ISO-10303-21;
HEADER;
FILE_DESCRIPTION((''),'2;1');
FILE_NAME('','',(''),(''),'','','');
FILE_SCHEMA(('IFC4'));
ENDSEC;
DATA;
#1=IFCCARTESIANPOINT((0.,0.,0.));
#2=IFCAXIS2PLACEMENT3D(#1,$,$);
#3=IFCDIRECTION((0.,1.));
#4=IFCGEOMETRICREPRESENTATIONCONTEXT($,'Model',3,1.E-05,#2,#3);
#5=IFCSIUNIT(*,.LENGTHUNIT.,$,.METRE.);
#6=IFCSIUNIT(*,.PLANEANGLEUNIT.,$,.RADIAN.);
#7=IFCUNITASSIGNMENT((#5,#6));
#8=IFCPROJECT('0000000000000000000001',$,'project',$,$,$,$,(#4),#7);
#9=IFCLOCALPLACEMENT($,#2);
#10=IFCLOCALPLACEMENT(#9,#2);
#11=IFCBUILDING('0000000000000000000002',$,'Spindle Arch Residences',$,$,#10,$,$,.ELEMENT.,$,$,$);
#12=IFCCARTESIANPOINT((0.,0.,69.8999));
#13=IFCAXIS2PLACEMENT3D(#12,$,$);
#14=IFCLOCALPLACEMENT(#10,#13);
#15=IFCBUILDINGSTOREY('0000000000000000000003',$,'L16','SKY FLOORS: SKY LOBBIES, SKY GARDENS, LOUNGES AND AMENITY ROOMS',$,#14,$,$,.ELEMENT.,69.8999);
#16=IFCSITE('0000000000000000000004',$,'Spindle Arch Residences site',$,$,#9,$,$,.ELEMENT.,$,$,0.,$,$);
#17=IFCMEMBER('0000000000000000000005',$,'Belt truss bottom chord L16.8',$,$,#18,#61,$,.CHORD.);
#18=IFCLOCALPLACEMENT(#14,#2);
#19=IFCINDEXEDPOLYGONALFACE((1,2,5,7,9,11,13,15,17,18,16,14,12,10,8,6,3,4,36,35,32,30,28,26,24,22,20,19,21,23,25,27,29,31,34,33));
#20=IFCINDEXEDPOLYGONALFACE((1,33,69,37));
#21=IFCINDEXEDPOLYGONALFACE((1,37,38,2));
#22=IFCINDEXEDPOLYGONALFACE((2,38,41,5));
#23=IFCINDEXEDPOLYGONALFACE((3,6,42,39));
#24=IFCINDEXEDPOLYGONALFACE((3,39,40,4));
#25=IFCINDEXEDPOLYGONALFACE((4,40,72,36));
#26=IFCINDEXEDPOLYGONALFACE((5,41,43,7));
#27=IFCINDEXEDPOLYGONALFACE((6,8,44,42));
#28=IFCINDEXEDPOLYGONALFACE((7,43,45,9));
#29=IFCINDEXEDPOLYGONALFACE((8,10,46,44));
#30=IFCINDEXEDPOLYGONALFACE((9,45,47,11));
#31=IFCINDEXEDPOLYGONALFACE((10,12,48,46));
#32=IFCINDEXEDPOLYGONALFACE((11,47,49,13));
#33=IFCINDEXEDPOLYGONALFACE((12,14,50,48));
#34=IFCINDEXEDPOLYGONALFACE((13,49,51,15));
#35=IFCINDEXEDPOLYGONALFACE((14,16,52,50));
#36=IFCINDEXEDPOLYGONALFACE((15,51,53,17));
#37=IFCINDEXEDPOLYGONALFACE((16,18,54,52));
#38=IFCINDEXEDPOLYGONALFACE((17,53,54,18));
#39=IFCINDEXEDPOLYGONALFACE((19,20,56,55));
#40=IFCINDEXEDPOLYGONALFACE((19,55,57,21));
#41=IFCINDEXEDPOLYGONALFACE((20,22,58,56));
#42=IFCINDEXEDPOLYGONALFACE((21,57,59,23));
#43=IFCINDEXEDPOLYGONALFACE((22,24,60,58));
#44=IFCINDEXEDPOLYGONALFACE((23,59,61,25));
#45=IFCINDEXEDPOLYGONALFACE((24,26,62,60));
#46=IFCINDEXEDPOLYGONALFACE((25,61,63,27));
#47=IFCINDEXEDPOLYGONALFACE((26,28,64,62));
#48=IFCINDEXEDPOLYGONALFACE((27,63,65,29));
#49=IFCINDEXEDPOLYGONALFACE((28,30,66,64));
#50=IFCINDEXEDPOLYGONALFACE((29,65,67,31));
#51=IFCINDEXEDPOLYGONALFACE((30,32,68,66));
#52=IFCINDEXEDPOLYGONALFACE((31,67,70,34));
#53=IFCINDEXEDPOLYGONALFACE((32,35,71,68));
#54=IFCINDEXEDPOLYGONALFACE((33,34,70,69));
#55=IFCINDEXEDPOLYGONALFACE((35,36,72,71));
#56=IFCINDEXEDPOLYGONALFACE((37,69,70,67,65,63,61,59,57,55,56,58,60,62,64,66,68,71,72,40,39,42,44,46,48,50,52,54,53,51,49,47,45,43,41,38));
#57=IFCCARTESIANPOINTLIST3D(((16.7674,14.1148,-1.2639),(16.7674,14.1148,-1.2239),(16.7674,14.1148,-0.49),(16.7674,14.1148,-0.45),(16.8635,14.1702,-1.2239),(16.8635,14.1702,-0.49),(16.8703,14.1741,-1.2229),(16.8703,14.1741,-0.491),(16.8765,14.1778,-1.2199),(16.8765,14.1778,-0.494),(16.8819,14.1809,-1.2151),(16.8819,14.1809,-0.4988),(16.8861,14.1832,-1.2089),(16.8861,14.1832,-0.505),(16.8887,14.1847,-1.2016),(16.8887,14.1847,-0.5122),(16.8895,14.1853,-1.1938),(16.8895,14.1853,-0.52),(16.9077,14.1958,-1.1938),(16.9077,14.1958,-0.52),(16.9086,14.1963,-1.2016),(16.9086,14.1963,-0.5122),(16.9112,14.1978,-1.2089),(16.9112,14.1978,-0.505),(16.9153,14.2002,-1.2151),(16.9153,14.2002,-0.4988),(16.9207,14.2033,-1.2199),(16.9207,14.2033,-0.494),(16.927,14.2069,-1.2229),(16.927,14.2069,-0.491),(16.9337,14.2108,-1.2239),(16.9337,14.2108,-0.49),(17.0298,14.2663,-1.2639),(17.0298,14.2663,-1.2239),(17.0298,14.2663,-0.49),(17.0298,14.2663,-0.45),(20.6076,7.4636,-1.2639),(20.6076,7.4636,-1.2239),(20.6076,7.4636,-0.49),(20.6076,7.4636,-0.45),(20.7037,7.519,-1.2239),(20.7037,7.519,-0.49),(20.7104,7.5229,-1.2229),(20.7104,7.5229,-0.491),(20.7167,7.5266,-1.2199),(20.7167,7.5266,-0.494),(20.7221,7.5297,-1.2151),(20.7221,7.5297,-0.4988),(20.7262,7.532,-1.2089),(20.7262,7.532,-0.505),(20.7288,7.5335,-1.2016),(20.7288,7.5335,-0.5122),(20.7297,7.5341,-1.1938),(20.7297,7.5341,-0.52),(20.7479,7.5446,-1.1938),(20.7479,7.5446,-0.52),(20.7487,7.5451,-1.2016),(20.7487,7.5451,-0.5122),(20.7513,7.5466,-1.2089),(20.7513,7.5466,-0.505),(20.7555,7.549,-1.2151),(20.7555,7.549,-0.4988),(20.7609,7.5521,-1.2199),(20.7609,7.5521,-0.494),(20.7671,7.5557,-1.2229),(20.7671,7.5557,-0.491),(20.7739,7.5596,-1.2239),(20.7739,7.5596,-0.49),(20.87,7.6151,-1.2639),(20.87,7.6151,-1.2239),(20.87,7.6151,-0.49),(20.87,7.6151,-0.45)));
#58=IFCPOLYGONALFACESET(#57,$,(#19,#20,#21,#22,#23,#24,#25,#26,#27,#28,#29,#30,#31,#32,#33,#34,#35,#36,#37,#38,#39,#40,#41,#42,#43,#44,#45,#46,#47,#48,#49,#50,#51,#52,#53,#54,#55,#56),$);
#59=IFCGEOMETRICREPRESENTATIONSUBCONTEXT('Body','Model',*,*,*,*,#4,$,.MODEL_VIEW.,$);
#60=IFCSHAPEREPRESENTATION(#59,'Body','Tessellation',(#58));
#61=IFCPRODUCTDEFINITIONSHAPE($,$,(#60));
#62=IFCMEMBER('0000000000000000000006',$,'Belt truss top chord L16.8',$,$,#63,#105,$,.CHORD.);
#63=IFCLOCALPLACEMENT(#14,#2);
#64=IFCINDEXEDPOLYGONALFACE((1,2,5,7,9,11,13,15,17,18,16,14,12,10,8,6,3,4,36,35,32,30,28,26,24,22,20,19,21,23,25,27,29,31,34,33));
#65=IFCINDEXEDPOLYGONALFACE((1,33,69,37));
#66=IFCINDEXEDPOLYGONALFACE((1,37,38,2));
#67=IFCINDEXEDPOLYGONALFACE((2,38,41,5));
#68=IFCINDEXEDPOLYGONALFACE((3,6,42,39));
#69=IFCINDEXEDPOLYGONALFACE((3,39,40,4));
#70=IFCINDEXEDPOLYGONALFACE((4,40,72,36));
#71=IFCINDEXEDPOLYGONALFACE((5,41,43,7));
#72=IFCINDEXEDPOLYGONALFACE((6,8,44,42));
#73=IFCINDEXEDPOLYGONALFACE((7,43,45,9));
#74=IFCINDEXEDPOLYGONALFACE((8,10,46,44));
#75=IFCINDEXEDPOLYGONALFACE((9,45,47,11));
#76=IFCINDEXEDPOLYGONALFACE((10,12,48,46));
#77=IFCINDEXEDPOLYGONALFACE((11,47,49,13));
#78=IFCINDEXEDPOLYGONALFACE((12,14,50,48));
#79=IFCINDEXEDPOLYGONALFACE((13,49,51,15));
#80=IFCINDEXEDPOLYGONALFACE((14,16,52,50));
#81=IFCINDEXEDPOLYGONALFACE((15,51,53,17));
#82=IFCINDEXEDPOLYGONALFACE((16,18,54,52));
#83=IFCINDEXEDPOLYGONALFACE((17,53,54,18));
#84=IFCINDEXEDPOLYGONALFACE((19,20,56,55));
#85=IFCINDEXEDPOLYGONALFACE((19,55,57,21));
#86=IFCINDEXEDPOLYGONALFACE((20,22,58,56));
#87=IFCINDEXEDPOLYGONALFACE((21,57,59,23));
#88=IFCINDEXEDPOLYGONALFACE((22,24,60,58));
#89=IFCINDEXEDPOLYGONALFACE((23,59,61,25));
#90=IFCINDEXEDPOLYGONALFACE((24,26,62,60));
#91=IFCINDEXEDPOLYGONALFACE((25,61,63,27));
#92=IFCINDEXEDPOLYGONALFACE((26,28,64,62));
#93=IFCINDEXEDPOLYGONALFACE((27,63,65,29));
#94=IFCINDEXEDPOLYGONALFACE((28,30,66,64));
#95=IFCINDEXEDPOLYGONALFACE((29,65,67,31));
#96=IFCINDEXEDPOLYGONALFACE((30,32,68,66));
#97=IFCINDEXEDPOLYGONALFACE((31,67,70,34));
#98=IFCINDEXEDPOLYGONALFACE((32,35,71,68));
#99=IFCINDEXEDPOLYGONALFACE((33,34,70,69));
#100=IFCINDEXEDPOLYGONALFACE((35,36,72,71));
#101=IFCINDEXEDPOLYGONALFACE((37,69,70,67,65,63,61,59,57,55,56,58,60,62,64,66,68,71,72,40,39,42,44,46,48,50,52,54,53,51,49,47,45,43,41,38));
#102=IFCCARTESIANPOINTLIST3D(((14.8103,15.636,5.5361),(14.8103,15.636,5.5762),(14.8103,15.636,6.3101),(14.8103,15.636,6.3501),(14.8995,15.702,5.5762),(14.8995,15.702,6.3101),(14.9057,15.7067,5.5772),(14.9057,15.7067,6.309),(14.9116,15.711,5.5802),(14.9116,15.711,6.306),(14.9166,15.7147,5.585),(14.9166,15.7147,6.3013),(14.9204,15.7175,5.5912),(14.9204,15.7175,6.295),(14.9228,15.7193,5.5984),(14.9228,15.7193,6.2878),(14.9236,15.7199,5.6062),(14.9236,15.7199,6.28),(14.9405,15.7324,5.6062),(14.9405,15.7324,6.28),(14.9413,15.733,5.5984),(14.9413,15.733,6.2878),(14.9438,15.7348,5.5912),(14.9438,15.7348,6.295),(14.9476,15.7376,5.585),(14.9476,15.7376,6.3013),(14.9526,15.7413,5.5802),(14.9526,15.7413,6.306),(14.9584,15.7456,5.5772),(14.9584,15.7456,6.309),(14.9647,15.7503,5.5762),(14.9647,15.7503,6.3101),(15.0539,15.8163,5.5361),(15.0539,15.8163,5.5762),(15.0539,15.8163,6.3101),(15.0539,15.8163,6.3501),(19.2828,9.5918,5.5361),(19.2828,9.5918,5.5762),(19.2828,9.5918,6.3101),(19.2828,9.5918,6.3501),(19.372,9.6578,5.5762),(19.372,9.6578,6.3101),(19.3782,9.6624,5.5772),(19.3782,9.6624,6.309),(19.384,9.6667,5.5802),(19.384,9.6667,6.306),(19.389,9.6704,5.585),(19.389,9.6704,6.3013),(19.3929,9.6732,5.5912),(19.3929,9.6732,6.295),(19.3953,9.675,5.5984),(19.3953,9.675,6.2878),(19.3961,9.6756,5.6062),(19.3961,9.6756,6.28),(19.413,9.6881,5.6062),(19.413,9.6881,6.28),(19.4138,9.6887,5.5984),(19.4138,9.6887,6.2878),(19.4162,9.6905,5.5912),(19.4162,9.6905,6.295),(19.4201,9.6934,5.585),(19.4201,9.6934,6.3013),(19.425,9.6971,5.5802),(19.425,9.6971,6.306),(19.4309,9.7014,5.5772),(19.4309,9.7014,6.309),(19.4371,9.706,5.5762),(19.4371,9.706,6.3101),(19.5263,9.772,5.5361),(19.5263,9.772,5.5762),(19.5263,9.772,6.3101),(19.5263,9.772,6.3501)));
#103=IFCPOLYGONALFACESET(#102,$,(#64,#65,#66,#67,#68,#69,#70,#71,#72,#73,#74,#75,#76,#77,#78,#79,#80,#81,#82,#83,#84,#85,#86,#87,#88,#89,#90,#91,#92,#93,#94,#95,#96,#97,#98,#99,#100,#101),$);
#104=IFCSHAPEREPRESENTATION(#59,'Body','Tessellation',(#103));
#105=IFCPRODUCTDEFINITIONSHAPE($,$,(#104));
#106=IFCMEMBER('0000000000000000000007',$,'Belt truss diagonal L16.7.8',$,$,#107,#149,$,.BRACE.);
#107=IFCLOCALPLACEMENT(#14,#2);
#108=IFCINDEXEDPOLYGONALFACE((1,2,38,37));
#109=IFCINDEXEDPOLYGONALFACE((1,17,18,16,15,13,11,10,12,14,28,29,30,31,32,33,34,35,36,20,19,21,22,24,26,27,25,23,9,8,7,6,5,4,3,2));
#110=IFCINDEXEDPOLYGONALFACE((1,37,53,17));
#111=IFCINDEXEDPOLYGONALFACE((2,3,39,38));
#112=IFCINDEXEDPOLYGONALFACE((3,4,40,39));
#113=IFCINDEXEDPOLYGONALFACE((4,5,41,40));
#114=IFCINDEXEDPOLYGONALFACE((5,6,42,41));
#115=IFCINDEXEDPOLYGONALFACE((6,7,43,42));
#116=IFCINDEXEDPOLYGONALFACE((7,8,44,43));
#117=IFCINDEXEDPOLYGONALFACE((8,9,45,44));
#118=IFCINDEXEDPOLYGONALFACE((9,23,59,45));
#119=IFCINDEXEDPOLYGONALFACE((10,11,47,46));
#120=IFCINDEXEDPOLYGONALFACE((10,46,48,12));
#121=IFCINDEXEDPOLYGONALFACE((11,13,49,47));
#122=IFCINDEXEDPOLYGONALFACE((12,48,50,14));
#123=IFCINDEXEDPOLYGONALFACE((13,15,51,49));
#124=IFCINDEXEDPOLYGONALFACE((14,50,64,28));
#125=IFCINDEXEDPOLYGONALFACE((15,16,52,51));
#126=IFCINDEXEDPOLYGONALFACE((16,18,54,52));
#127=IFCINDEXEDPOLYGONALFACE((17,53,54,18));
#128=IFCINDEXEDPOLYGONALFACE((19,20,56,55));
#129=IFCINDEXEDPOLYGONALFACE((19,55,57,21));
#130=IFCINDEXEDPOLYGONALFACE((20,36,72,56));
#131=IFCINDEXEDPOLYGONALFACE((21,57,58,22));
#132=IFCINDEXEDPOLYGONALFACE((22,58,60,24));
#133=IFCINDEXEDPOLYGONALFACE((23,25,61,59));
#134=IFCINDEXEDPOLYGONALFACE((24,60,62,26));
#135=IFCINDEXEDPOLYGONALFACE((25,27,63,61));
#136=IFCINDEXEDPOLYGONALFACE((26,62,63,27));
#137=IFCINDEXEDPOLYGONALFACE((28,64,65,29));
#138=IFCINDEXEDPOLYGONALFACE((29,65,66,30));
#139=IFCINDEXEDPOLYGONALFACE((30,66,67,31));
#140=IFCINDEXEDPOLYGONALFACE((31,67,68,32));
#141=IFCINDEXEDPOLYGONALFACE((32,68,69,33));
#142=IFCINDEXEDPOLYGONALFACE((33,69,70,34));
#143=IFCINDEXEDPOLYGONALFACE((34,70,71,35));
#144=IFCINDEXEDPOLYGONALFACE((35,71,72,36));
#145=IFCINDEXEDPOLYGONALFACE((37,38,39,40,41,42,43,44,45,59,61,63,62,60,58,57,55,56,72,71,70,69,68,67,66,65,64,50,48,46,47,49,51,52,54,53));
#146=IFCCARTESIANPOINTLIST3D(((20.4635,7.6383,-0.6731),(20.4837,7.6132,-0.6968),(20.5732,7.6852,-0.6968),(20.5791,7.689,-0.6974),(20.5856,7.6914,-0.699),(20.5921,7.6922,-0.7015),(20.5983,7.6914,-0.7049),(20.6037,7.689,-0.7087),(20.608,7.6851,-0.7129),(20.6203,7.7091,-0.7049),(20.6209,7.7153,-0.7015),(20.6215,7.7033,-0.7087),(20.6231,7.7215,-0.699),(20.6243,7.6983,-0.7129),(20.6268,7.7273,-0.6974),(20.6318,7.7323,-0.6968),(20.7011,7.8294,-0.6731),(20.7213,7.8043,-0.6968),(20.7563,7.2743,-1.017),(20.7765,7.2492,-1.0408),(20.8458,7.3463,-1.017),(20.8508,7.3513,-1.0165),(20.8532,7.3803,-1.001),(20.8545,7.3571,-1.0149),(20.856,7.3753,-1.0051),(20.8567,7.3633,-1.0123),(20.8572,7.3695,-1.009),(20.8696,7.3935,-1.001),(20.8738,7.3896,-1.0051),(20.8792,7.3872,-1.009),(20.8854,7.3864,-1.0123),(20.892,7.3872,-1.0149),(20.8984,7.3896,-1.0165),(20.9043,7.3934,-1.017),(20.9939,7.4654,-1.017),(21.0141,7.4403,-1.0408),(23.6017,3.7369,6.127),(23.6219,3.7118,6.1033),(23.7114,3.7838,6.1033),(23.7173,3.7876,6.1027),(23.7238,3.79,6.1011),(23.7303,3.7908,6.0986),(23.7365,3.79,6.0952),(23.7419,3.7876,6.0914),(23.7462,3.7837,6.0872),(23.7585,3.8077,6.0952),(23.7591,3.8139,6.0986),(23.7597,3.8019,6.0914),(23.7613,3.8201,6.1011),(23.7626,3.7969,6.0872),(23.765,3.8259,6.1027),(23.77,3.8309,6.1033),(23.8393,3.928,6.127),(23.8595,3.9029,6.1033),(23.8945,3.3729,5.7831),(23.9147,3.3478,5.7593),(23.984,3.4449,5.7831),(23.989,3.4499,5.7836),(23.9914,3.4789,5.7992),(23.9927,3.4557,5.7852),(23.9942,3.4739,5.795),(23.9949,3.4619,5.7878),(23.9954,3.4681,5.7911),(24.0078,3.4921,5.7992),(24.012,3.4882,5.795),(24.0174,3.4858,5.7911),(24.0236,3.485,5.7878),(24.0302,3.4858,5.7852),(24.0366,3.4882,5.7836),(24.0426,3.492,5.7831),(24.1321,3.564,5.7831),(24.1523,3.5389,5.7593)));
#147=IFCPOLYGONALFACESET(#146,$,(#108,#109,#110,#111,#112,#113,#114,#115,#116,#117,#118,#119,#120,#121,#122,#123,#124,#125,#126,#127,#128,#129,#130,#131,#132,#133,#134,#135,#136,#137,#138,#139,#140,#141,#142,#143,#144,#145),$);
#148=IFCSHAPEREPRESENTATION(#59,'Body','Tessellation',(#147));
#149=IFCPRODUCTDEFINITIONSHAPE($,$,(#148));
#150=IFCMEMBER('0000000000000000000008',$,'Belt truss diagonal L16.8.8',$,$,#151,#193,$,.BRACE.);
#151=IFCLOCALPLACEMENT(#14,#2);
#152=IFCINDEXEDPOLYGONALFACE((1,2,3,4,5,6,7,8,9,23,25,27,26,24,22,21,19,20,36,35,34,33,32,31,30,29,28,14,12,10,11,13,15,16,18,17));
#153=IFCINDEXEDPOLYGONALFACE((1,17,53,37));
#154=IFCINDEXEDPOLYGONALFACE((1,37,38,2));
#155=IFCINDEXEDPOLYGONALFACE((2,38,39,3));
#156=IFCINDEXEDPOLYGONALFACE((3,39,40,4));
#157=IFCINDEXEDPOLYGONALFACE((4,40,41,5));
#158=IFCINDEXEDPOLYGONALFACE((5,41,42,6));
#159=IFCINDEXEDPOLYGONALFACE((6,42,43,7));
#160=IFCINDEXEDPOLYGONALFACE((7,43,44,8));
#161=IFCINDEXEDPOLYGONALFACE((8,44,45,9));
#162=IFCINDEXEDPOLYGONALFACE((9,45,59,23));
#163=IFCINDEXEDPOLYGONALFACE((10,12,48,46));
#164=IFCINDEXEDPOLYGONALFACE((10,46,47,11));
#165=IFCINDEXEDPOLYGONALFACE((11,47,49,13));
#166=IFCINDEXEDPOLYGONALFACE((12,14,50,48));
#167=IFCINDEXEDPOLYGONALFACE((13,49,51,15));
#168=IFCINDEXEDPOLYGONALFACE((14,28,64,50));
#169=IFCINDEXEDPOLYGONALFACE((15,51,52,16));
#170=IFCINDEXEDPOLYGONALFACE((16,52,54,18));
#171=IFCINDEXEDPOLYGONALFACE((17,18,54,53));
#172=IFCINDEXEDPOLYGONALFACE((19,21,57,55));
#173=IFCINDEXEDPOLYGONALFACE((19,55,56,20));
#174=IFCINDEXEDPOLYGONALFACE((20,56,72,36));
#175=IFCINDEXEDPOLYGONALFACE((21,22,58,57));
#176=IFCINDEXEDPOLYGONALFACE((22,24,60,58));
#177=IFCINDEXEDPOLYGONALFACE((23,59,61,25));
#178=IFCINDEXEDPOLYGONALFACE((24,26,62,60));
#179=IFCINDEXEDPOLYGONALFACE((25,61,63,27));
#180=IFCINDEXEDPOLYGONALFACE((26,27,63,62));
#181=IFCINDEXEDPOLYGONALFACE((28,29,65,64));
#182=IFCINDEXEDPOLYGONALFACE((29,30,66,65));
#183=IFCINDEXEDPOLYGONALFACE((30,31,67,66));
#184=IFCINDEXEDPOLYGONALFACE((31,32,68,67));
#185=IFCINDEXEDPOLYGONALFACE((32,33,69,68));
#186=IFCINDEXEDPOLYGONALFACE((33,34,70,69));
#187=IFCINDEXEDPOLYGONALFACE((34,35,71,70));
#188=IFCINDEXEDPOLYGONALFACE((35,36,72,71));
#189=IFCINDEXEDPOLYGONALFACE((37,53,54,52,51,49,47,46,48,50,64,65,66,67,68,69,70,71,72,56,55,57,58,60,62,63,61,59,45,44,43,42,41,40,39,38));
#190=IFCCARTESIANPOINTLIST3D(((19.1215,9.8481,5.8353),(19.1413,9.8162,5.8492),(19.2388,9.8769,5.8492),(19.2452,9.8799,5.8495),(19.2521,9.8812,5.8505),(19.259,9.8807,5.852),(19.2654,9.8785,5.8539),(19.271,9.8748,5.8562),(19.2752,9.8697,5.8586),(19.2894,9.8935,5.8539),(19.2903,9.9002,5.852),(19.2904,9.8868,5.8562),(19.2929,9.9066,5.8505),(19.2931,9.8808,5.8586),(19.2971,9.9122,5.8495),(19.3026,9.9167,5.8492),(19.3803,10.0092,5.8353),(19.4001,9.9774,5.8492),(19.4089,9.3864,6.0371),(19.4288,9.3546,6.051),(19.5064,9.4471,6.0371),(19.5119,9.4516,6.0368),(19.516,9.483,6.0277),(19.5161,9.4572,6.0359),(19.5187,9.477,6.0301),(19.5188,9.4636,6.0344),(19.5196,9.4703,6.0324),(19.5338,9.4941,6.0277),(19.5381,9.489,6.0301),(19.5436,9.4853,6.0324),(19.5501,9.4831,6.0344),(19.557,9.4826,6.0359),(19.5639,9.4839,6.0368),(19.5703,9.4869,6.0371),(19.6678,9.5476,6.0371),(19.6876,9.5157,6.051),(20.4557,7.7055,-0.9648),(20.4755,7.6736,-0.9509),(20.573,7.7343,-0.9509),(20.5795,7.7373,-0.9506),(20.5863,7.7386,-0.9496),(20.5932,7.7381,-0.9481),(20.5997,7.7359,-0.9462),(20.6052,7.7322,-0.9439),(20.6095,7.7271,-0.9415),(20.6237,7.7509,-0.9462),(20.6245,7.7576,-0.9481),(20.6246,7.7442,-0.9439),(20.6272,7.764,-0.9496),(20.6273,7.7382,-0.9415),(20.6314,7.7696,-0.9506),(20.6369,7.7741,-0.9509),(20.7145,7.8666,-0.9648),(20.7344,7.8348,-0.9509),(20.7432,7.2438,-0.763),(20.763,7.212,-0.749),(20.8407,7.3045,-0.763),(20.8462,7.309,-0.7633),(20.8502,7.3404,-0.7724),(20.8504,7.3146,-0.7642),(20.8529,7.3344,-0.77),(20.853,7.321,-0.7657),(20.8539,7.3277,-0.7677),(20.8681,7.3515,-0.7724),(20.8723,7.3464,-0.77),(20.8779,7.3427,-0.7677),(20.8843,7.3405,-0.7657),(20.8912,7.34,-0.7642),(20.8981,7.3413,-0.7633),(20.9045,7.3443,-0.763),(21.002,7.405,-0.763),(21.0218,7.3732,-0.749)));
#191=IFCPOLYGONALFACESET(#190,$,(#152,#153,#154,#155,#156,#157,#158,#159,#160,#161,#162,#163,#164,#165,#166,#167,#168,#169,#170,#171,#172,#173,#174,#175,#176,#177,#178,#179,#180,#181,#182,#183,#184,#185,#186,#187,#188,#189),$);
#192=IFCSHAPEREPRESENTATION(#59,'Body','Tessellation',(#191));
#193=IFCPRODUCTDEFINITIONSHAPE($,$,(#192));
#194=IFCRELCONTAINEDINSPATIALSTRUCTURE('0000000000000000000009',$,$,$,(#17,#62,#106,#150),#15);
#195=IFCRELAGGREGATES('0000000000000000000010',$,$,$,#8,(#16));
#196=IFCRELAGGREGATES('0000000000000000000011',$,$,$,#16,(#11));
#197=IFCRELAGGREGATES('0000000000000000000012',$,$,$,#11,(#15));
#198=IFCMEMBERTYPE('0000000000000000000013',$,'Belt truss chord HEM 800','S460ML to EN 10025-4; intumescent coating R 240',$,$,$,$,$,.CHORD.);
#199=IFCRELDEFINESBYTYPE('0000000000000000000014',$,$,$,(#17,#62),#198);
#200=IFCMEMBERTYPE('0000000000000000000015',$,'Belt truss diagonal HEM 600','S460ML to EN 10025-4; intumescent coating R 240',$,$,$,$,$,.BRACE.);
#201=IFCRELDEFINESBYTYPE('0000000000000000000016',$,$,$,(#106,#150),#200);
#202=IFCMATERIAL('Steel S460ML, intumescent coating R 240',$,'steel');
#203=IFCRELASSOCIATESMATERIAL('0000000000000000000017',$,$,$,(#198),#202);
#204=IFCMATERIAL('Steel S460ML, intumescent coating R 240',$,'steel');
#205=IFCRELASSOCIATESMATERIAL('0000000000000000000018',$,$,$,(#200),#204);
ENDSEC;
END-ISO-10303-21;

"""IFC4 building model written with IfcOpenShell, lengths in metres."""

from ifc_helpers import new_model, si_unit, direction, frame, origin, origin_2d, place, context, subcontext, project, spatial, i_section, extrude, material, material_profile, profile_set, type_object, element, save


model = new_model("IFC4")

# Units and contexts
model_context = context("Model", 3, precision=1e-05, world=origin(), true_north=direction((0.0, 1.0)))
body_context = subcontext(model_context, "Body", "Model", "MODEL_VIEW")
ifc_project = project(units=[si_unit("LENGTHUNIT", "METRE"), si_unit("PLANEANGLEUNIT", "RADIAN")], contexts=[model_context])

# Site, building, storey
site_placement = place(None, origin())
site = spatial("IfcSite", under=ifc_project, at=site_placement, Name="Spindle Arch Residences site", CompositionType="ELEMENT", RefElevation=0.0)
building_placement = place(site_placement, origin())
building = spatial("IfcBuilding", under=site, at=building_placement, Name="Spindle Arch Residences", CompositionType="ELEMENT")
storey_placement = place(building_placement, frame((0.0, 0.0, 69.8999)))
storey = spatial("IfcBuildingStorey", under=building, at=storey_placement, Name="L16", Description="SKY FLOORS: SKY LOBBIES, SKY GARDENS, LOUNGES AND AMENITY ROOMS", CompositionType="ELEMENT", Elevation=69.8999)

# Members
ifc_material_1 = material(Name="Steel S460ML, intumescent coating R 240", Category="steel")
ifc_material_profile_1 = material_profile(ifc_material_1, i_section(OverallWidth=0.303, OverallDepth=0.814, WebThickness=0.021, FlangeThickness=0.04, FilletRadius=0.03, at=origin_2d()), Name="HEM 800")
ifc_profile_set_1 = profile_set([ifc_material_profile_1], Name="Steel S460ML, intumescent coating R 240")
member_type_1 = type_object("IfcMemberType", Name="Belt truss chord HEM 800", Description="S460ML to EN 10025-4; intumescent coating R 240", PredefinedType="CHORD", material=ifc_profile_set_1)
member_1_placement = place(storey_placement, frame((20.7388, 7.5393, -0.8569), z_axis=(-0.500006, 0.866022, 0.0), x_axis=(-0.866022, -0.500006, 0.0)))
element("IfcMember", 1, at=member_1_placement, inside=storey, type_object=member_type_1, Name="Belt truss bottom chord L16.8", PredefinedType="CHORD", context=body_context, shape_type="SweptSolid", body=[
    extrude(i_section(OverallWidth=0.303, OverallDepth=0.814, WebThickness=0.021, FlangeThickness=0.04, FilletRadius=0.03, at=origin_2d()), origin(), (0.0, 0.0, 1.0), 7.6802),
])
member_2_placement = place(storey_placement, frame((19.4045, 9.6819, 5.9431), z_axis=(-0.594818, 0.80386, 0.0), x_axis=(-0.80386, -0.594818, 0.0)))
element("IfcMember", 2, at=member_2_placement, inside=storey, type_object=member_type_1, Name="Belt truss top chord L16.8", PredefinedType="CHORD", context=body_context, shape_type="SweptSolid", body=[
    extrude(i_section(OverallWidth=0.303, OverallDepth=0.814, WebThickness=0.021, FlangeThickness=0.04, FilletRadius=0.03, at=origin_2d()), origin(), (0.0, 0.0, 1.0), 7.519),
])
ifc_material_2 = material(Name="Steel S460ML, intumescent coating R 240", Category="steel")
ifc_material_profile_2 = material_profile(ifc_material_2, i_section(OverallWidth=0.3049, OverallDepth=0.6201, WebThickness=0.021, FlangeThickness=0.04, FilletRadius=0.0271, at=origin_2d()), Name="HEM 600")
ifc_profile_set_2 = profile_set([ifc_material_profile_2], Name="Steel S460ML, intumescent coating R 240")
member_type_2 = type_object("IfcMemberType", Name="Belt truss diagonal HEM 600", Description="S460ML to EN 10025-4; intumescent coating R 240", PredefinedType="BRACE", material=ifc_profile_set_2)
member_3_placement = place(storey_placement, frame((20.7388, 7.5393, -0.8569), z_axis=(0.371625, -0.462001, 0.805264), x_axis=(0.779201, 0.626774, 0.0)))
element("IfcMember", 3, at=member_3_placement, inside=storey, type_object=member_type_2, Name="Belt truss diagonal L16.7.8", PredefinedType="BRACE", context=body_context, shape_type="SweptSolid", body=[
    extrude(i_section(OverallWidth=0.3049, OverallDepth=0.6201, WebThickness=0.021, FlangeThickness=0.04, FilletRadius=0.0271, at=origin_2d()), origin(), (0.0, 0.0, 1.0), 8.4446),
])
member_4_placement = place(storey_placement, frame((20.7388, 7.5393, -0.8569), z_axis=(-0.183946, 0.29539, 0.937501), x_axis=(-0.848867, -0.528607, 0.0)))
element("IfcMember", 4, at=member_4_placement, inside=storey, type_object=member_type_2, Name="Belt truss diagonal L16.8.8", PredefinedType="BRACE", context=body_context, shape_type="SweptSolid", body=[
    extrude(i_section(OverallWidth=0.3049, OverallDepth=0.6201, WebThickness=0.021, FlangeThickness=0.04, FilletRadius=0.0271, at=origin_2d()), origin(), (0.0, 0.0, 1.0), 7.2534),
])

save(model, "model.ifc")
